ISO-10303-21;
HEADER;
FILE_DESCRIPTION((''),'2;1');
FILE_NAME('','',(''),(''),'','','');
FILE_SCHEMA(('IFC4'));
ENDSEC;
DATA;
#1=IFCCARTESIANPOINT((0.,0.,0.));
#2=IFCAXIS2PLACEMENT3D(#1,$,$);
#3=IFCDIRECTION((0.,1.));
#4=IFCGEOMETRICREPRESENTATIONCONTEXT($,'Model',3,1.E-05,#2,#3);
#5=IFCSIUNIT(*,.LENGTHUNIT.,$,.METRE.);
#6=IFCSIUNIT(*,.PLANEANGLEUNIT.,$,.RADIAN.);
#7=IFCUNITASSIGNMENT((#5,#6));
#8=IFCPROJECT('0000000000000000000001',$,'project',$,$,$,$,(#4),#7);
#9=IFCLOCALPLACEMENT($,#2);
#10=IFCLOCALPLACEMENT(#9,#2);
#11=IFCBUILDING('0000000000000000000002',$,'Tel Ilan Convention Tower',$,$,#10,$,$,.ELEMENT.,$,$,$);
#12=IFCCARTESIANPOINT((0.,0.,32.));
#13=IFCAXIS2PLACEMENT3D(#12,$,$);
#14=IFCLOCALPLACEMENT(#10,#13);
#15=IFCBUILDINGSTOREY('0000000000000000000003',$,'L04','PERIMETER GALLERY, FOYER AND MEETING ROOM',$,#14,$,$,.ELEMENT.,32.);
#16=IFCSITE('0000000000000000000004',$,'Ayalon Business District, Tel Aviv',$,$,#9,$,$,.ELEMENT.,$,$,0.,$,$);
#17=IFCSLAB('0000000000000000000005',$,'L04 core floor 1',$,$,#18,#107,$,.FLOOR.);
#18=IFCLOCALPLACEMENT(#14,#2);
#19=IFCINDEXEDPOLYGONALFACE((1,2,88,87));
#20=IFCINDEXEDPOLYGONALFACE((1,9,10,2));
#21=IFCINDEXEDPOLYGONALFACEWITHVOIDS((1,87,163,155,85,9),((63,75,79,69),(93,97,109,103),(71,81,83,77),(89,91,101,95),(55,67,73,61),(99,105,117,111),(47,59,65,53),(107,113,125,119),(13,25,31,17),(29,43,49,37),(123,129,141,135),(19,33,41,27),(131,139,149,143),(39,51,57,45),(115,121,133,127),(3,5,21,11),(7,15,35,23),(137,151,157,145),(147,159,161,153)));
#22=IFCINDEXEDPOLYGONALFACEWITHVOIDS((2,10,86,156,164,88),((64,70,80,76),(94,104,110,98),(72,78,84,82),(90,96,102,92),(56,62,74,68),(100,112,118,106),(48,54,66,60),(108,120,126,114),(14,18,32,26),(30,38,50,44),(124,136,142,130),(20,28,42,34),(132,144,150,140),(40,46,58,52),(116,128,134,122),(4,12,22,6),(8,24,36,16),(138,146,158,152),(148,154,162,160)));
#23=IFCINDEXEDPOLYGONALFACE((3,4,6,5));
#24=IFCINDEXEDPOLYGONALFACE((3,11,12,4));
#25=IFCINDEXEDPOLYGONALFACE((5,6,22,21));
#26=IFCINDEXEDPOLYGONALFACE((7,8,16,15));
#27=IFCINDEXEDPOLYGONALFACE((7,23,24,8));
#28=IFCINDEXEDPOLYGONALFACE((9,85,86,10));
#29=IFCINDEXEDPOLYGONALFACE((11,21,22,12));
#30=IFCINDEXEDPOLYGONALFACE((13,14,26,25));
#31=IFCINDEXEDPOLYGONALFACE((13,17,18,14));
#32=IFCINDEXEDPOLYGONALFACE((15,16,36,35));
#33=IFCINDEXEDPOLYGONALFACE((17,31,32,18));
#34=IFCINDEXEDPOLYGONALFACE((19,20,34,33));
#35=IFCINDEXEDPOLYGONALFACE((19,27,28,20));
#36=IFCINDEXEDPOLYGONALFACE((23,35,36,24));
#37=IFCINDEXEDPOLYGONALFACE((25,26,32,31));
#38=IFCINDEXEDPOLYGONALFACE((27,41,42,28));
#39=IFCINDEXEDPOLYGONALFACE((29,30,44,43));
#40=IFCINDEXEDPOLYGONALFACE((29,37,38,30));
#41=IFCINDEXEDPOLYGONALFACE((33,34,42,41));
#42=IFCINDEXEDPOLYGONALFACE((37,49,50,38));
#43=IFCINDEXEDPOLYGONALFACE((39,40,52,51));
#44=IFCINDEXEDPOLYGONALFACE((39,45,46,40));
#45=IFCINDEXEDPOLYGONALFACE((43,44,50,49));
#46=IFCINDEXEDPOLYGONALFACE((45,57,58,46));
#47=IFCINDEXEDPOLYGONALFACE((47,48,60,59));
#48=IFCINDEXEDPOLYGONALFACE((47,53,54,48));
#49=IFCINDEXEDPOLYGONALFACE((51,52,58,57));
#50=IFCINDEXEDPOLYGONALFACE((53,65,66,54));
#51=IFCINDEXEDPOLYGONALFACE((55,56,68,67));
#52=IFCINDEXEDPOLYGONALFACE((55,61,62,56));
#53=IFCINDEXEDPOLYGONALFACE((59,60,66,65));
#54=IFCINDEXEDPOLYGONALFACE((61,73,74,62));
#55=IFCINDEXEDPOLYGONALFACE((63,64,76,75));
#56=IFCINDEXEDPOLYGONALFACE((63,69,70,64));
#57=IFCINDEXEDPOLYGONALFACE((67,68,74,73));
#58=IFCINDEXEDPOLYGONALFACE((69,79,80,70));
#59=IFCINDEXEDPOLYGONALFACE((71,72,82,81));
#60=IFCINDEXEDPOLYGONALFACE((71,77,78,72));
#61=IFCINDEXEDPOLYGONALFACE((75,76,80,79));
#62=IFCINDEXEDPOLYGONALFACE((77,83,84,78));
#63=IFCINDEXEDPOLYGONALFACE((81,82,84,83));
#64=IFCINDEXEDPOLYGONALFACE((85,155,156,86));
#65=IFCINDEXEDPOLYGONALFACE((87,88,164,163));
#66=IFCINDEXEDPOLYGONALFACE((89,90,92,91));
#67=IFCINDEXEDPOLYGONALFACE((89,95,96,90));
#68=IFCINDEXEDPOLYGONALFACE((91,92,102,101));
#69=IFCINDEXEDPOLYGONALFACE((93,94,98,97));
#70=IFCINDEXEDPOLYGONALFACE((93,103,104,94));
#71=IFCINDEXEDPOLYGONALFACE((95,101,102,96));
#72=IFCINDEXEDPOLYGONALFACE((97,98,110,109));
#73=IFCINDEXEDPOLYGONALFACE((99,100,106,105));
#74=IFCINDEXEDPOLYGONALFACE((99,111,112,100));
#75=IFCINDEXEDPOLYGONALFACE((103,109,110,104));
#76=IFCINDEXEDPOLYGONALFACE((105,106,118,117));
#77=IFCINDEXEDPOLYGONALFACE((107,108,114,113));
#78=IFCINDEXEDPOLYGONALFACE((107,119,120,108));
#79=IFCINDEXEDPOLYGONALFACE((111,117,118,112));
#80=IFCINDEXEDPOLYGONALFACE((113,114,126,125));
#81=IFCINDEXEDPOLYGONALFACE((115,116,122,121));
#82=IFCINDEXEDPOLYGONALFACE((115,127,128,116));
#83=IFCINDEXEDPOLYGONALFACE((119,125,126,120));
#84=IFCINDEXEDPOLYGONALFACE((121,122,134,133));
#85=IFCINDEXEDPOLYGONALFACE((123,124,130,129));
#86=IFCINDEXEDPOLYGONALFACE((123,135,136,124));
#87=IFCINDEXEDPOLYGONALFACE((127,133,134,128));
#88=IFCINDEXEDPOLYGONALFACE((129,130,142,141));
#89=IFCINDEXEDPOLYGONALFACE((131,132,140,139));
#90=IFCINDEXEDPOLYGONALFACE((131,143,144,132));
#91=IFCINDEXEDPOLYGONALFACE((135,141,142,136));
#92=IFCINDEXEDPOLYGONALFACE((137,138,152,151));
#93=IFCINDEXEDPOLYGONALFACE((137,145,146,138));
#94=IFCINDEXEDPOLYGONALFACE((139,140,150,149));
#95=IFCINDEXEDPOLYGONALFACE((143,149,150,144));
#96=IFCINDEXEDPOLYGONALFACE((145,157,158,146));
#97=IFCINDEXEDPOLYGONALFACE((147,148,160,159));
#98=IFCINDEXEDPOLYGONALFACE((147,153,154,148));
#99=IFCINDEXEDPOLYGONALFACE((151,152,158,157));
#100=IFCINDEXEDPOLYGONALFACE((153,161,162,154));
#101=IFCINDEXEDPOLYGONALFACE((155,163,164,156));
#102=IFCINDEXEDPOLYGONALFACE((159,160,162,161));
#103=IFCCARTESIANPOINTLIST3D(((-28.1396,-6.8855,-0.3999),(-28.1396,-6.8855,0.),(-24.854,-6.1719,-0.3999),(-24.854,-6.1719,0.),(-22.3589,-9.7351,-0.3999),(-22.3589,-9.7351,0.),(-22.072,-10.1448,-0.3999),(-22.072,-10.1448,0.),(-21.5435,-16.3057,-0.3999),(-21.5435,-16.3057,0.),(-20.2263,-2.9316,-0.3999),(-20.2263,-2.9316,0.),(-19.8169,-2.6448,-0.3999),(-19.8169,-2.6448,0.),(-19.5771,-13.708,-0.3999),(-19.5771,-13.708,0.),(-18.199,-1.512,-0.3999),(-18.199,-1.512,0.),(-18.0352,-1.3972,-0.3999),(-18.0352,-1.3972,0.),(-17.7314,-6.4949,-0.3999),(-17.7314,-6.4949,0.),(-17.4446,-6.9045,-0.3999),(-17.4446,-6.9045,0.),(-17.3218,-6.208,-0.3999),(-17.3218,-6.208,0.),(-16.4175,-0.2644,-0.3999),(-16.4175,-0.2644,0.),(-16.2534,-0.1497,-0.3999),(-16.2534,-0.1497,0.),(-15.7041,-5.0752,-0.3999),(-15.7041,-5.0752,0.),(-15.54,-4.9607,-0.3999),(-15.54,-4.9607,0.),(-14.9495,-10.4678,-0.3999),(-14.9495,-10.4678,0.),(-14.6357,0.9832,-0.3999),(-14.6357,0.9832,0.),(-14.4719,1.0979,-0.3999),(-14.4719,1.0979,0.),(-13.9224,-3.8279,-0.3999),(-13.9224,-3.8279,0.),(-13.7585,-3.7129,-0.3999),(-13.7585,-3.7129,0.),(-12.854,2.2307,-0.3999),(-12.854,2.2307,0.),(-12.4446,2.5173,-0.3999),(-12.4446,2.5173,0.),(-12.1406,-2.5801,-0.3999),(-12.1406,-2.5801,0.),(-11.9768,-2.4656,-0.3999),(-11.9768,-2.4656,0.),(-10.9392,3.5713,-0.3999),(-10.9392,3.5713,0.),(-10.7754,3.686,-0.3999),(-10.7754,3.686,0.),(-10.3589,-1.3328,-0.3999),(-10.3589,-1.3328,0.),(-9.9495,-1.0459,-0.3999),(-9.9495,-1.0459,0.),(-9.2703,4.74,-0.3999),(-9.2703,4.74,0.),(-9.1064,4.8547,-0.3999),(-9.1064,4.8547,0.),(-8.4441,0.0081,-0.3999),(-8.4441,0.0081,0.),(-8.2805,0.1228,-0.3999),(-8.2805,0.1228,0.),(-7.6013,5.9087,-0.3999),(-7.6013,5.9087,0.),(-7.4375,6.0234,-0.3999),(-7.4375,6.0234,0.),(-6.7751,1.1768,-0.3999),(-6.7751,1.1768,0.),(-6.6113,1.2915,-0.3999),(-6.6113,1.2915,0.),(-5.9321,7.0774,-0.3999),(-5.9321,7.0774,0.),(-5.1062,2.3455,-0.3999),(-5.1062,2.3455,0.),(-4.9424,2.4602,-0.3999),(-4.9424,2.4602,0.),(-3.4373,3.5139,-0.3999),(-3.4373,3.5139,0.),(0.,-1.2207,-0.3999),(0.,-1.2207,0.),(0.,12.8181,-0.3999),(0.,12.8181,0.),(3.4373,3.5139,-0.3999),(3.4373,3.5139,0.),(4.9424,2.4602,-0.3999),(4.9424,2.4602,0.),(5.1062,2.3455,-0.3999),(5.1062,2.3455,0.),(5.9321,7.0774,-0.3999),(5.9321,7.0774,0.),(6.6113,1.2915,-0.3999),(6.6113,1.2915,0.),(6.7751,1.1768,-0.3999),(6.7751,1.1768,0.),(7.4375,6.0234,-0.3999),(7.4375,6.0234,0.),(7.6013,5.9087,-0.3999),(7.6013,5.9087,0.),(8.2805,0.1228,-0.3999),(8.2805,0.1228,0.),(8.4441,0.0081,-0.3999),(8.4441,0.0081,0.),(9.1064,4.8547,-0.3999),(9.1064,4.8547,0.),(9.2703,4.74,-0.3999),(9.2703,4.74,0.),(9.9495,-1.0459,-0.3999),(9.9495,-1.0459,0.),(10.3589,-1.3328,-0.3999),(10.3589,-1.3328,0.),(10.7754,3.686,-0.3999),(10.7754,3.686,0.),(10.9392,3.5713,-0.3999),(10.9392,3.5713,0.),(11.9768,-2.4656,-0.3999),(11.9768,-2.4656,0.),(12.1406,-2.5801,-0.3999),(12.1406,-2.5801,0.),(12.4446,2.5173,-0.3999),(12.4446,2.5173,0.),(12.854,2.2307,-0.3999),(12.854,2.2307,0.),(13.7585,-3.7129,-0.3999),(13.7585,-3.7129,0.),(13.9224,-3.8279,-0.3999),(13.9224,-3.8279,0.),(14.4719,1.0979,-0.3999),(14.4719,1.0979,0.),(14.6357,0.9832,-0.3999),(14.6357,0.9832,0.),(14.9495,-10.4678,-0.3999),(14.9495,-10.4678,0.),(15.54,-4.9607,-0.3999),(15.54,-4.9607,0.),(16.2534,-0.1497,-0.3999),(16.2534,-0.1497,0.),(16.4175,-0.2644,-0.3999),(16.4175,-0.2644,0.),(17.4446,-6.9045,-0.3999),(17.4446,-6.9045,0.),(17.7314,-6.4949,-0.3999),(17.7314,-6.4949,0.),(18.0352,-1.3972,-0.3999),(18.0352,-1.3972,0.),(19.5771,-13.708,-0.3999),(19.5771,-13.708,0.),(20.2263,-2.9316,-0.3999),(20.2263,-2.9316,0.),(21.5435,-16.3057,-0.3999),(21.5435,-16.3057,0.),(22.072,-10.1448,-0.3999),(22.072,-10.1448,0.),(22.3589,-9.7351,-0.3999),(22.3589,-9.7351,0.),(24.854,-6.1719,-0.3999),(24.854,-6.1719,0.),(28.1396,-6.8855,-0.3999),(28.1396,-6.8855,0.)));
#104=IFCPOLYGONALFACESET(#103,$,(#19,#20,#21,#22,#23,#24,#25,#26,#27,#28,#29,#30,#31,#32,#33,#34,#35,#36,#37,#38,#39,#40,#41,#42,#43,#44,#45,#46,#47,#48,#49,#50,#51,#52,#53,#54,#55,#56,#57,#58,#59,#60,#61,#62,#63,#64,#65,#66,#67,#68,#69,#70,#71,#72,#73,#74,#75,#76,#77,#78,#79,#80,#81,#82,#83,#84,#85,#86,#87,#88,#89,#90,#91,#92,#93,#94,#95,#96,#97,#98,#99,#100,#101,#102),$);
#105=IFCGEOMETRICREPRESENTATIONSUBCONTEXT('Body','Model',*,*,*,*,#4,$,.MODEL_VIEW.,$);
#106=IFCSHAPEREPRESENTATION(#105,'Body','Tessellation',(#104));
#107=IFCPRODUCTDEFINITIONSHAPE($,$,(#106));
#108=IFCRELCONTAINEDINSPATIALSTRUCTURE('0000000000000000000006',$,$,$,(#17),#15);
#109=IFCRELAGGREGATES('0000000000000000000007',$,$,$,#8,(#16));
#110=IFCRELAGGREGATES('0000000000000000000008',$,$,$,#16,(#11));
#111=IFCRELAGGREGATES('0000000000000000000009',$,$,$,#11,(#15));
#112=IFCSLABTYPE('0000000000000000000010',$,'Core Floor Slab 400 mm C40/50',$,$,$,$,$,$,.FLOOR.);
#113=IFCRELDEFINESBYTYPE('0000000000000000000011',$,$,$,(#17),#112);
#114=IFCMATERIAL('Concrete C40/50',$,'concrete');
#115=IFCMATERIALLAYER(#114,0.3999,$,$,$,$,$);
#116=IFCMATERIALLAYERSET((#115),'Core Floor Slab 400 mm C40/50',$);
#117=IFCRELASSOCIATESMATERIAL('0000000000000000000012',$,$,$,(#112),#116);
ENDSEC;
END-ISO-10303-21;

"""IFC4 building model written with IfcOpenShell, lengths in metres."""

from ifc_helpers import new_model, si_unit, direction, frame, origin, place, context, subcontext, project, spatial, polyline, outline, extrude, material, layer, layer_set, type_object, element, save


model = new_model("IFC4")

# Units and contexts
model_context = context("Model", 3, precision=1e-05, world=origin(), true_north=direction((0.0, 1.0)))
body_context = subcontext(model_context, "Body", "Model", "MODEL_VIEW")
ifc_project = project(units=[si_unit("LENGTHUNIT", "METRE"), si_unit("PLANEANGLEUNIT", "RADIAN")], contexts=[model_context])

# Site, building, storey
site_placement = place(None, origin())
site = spatial("IfcSite", under=ifc_project, at=site_placement, Name="Ayalon Business District, Tel Aviv", CompositionType="ELEMENT", RefElevation=0.0)
building_placement = place(site_placement, origin())
building = spatial("IfcBuilding", under=site, at=building_placement, Name="Tel Ilan Convention Tower", CompositionType="ELEMENT")
storey_placement = place(building_placement, frame((0.0, 0.0, 32.0)))
storey = spatial("IfcBuildingStorey", under=building, at=storey_placement, Name="L04", Description="PERIMETER GALLERY, FOYER AND MEETING ROOM", CompositionType="ELEMENT", Elevation=32.0)

# Slab
ifc_material_1 = material(Name="Concrete C40/50", Category="concrete")
ifc_layer_1 = layer(ifc_material_1, 0.3999)
ifc_layer_set_1 = layer_set([ifc_layer_1], Name="Core Floor Slab 400 mm C40/50")
slab_type_1 = type_object("IfcSlabType", Name="Core Floor Slab 400 mm C40/50", PredefinedType="FLOOR", material=ifc_layer_set_1)
slab_1_placement = place(storey_placement, frame((0.0, 0.0, -0.3999)))
element("IfcSlab", 1, at=slab_1_placement, inside=storey, type_object=slab_type_1, Name="L04 core floor 1", PredefinedType="FLOOR", context=body_context, shape_type="SweptSolid", body=[
    extrude(outline(polyline([(-28.1396, -6.8855), (0.0, 12.8181), (28.1396, -6.8855), (21.5435, -16.3057), (0.0, -1.2207), (-21.5435, -16.3057), (-28.1396, -6.8855)]), holes=[polyline([(-19.5771, -13.708), (-14.9495, -10.4678), (-17.4446, -6.9045), (-22.072, -10.1448), (-19.5771, -13.708)]), polyline([(-22.3589, -9.7351), (-17.7314, -6.4949), (-20.2263, -2.9316), (-24.854, -6.1719), (-22.3589, -9.7351)]), polyline([(-15.7041, -5.0752), (-18.199, -1.512), (-19.8169, -2.6448), (-17.3218, -6.208), (-15.7041, -5.0752)]), polyline([(-13.9224, -3.8279), (-16.4175, -0.2644), (-18.0352, -1.3972), (-15.54, -4.9607), (-13.9224, -3.8279)]), polyline([(-12.1406, -2.5801), (-14.6357, 0.9832), (-16.2534, -0.1497), (-13.7585, -3.7129), (-12.1406, -2.5801)]), polyline([(-10.3589, -1.3328), (-12.854, 2.2307), (-14.4719, 1.0979), (-11.9768, -2.4656), (-10.3589, -1.3328)]), polyline([(-8.4441, 0.0081), (-10.9392, 3.5713), (-12.4446, 2.5173), (-9.9495, -1.0459), (-8.4441, 0.0081)]), polyline([(-6.7751, 1.1768), (-9.2703, 4.74), (-10.7754, 3.686), (-8.2805, 0.1228), (-6.7751, 1.1768)]), polyline([(-5.1062, 2.3455), (-7.6013, 5.9087), (-9.1064, 4.8547), (-6.6113, 1.2915), (-5.1062, 2.3455)]), polyline([(-3.4373, 3.5139), (-5.9321, 7.0774), (-7.4375, 6.0234), (-4.9424, 2.4602), (-3.4373, 3.5139)]), polyline([(22.072, -10.1448), (17.4446, -6.9045), (14.9495, -10.4678), (19.5771, -13.708), (22.072, -10.1448)]), polyline([(24.854, -6.1719), (20.2263, -2.9316), (17.7314, -6.4949), (22.3589, -9.7351), (24.854, -6.1719)]), polyline([(13.9224, -3.8279), (15.54, -4.9607), (18.0352, -1.3972), (16.4175, -0.2644), (13.9224, -3.8279)]), polyline([(12.1406, -2.5801), (13.7585, -3.7129), (16.2534, -0.1497), (14.6357, 0.9832), (12.1406, -2.5801)]), polyline([(10.3589, -1.3328), (11.9768, -2.4656), (14.4719, 1.0979), (12.854, 2.2307), (10.3589, -1.3328)]), polyline([(8.4441, 0.0081), (9.9495, -1.0459), (12.4446, 2.5173), (10.9392, 3.5713), (8.4441, 0.0081)]), polyline([(6.7751, 1.1768), (8.2805, 0.1228), (10.7754, 3.686), (9.2703, 4.74), (6.7751, 1.1768)]), polyline([(5.1062, 2.3455), (6.6113, 1.2915), (9.1064, 4.8547), (7.6013, 5.9087), (5.1062, 2.3455)]), polyline([(3.4373, 3.5139), (4.9424, 2.4602), (7.4375, 6.0234), (5.9321, 7.0774), (3.4373, 3.5139)])]), origin(), (0.0, 0.0, 1.0), 0.3999),
])

save(model, "model.ifc")
